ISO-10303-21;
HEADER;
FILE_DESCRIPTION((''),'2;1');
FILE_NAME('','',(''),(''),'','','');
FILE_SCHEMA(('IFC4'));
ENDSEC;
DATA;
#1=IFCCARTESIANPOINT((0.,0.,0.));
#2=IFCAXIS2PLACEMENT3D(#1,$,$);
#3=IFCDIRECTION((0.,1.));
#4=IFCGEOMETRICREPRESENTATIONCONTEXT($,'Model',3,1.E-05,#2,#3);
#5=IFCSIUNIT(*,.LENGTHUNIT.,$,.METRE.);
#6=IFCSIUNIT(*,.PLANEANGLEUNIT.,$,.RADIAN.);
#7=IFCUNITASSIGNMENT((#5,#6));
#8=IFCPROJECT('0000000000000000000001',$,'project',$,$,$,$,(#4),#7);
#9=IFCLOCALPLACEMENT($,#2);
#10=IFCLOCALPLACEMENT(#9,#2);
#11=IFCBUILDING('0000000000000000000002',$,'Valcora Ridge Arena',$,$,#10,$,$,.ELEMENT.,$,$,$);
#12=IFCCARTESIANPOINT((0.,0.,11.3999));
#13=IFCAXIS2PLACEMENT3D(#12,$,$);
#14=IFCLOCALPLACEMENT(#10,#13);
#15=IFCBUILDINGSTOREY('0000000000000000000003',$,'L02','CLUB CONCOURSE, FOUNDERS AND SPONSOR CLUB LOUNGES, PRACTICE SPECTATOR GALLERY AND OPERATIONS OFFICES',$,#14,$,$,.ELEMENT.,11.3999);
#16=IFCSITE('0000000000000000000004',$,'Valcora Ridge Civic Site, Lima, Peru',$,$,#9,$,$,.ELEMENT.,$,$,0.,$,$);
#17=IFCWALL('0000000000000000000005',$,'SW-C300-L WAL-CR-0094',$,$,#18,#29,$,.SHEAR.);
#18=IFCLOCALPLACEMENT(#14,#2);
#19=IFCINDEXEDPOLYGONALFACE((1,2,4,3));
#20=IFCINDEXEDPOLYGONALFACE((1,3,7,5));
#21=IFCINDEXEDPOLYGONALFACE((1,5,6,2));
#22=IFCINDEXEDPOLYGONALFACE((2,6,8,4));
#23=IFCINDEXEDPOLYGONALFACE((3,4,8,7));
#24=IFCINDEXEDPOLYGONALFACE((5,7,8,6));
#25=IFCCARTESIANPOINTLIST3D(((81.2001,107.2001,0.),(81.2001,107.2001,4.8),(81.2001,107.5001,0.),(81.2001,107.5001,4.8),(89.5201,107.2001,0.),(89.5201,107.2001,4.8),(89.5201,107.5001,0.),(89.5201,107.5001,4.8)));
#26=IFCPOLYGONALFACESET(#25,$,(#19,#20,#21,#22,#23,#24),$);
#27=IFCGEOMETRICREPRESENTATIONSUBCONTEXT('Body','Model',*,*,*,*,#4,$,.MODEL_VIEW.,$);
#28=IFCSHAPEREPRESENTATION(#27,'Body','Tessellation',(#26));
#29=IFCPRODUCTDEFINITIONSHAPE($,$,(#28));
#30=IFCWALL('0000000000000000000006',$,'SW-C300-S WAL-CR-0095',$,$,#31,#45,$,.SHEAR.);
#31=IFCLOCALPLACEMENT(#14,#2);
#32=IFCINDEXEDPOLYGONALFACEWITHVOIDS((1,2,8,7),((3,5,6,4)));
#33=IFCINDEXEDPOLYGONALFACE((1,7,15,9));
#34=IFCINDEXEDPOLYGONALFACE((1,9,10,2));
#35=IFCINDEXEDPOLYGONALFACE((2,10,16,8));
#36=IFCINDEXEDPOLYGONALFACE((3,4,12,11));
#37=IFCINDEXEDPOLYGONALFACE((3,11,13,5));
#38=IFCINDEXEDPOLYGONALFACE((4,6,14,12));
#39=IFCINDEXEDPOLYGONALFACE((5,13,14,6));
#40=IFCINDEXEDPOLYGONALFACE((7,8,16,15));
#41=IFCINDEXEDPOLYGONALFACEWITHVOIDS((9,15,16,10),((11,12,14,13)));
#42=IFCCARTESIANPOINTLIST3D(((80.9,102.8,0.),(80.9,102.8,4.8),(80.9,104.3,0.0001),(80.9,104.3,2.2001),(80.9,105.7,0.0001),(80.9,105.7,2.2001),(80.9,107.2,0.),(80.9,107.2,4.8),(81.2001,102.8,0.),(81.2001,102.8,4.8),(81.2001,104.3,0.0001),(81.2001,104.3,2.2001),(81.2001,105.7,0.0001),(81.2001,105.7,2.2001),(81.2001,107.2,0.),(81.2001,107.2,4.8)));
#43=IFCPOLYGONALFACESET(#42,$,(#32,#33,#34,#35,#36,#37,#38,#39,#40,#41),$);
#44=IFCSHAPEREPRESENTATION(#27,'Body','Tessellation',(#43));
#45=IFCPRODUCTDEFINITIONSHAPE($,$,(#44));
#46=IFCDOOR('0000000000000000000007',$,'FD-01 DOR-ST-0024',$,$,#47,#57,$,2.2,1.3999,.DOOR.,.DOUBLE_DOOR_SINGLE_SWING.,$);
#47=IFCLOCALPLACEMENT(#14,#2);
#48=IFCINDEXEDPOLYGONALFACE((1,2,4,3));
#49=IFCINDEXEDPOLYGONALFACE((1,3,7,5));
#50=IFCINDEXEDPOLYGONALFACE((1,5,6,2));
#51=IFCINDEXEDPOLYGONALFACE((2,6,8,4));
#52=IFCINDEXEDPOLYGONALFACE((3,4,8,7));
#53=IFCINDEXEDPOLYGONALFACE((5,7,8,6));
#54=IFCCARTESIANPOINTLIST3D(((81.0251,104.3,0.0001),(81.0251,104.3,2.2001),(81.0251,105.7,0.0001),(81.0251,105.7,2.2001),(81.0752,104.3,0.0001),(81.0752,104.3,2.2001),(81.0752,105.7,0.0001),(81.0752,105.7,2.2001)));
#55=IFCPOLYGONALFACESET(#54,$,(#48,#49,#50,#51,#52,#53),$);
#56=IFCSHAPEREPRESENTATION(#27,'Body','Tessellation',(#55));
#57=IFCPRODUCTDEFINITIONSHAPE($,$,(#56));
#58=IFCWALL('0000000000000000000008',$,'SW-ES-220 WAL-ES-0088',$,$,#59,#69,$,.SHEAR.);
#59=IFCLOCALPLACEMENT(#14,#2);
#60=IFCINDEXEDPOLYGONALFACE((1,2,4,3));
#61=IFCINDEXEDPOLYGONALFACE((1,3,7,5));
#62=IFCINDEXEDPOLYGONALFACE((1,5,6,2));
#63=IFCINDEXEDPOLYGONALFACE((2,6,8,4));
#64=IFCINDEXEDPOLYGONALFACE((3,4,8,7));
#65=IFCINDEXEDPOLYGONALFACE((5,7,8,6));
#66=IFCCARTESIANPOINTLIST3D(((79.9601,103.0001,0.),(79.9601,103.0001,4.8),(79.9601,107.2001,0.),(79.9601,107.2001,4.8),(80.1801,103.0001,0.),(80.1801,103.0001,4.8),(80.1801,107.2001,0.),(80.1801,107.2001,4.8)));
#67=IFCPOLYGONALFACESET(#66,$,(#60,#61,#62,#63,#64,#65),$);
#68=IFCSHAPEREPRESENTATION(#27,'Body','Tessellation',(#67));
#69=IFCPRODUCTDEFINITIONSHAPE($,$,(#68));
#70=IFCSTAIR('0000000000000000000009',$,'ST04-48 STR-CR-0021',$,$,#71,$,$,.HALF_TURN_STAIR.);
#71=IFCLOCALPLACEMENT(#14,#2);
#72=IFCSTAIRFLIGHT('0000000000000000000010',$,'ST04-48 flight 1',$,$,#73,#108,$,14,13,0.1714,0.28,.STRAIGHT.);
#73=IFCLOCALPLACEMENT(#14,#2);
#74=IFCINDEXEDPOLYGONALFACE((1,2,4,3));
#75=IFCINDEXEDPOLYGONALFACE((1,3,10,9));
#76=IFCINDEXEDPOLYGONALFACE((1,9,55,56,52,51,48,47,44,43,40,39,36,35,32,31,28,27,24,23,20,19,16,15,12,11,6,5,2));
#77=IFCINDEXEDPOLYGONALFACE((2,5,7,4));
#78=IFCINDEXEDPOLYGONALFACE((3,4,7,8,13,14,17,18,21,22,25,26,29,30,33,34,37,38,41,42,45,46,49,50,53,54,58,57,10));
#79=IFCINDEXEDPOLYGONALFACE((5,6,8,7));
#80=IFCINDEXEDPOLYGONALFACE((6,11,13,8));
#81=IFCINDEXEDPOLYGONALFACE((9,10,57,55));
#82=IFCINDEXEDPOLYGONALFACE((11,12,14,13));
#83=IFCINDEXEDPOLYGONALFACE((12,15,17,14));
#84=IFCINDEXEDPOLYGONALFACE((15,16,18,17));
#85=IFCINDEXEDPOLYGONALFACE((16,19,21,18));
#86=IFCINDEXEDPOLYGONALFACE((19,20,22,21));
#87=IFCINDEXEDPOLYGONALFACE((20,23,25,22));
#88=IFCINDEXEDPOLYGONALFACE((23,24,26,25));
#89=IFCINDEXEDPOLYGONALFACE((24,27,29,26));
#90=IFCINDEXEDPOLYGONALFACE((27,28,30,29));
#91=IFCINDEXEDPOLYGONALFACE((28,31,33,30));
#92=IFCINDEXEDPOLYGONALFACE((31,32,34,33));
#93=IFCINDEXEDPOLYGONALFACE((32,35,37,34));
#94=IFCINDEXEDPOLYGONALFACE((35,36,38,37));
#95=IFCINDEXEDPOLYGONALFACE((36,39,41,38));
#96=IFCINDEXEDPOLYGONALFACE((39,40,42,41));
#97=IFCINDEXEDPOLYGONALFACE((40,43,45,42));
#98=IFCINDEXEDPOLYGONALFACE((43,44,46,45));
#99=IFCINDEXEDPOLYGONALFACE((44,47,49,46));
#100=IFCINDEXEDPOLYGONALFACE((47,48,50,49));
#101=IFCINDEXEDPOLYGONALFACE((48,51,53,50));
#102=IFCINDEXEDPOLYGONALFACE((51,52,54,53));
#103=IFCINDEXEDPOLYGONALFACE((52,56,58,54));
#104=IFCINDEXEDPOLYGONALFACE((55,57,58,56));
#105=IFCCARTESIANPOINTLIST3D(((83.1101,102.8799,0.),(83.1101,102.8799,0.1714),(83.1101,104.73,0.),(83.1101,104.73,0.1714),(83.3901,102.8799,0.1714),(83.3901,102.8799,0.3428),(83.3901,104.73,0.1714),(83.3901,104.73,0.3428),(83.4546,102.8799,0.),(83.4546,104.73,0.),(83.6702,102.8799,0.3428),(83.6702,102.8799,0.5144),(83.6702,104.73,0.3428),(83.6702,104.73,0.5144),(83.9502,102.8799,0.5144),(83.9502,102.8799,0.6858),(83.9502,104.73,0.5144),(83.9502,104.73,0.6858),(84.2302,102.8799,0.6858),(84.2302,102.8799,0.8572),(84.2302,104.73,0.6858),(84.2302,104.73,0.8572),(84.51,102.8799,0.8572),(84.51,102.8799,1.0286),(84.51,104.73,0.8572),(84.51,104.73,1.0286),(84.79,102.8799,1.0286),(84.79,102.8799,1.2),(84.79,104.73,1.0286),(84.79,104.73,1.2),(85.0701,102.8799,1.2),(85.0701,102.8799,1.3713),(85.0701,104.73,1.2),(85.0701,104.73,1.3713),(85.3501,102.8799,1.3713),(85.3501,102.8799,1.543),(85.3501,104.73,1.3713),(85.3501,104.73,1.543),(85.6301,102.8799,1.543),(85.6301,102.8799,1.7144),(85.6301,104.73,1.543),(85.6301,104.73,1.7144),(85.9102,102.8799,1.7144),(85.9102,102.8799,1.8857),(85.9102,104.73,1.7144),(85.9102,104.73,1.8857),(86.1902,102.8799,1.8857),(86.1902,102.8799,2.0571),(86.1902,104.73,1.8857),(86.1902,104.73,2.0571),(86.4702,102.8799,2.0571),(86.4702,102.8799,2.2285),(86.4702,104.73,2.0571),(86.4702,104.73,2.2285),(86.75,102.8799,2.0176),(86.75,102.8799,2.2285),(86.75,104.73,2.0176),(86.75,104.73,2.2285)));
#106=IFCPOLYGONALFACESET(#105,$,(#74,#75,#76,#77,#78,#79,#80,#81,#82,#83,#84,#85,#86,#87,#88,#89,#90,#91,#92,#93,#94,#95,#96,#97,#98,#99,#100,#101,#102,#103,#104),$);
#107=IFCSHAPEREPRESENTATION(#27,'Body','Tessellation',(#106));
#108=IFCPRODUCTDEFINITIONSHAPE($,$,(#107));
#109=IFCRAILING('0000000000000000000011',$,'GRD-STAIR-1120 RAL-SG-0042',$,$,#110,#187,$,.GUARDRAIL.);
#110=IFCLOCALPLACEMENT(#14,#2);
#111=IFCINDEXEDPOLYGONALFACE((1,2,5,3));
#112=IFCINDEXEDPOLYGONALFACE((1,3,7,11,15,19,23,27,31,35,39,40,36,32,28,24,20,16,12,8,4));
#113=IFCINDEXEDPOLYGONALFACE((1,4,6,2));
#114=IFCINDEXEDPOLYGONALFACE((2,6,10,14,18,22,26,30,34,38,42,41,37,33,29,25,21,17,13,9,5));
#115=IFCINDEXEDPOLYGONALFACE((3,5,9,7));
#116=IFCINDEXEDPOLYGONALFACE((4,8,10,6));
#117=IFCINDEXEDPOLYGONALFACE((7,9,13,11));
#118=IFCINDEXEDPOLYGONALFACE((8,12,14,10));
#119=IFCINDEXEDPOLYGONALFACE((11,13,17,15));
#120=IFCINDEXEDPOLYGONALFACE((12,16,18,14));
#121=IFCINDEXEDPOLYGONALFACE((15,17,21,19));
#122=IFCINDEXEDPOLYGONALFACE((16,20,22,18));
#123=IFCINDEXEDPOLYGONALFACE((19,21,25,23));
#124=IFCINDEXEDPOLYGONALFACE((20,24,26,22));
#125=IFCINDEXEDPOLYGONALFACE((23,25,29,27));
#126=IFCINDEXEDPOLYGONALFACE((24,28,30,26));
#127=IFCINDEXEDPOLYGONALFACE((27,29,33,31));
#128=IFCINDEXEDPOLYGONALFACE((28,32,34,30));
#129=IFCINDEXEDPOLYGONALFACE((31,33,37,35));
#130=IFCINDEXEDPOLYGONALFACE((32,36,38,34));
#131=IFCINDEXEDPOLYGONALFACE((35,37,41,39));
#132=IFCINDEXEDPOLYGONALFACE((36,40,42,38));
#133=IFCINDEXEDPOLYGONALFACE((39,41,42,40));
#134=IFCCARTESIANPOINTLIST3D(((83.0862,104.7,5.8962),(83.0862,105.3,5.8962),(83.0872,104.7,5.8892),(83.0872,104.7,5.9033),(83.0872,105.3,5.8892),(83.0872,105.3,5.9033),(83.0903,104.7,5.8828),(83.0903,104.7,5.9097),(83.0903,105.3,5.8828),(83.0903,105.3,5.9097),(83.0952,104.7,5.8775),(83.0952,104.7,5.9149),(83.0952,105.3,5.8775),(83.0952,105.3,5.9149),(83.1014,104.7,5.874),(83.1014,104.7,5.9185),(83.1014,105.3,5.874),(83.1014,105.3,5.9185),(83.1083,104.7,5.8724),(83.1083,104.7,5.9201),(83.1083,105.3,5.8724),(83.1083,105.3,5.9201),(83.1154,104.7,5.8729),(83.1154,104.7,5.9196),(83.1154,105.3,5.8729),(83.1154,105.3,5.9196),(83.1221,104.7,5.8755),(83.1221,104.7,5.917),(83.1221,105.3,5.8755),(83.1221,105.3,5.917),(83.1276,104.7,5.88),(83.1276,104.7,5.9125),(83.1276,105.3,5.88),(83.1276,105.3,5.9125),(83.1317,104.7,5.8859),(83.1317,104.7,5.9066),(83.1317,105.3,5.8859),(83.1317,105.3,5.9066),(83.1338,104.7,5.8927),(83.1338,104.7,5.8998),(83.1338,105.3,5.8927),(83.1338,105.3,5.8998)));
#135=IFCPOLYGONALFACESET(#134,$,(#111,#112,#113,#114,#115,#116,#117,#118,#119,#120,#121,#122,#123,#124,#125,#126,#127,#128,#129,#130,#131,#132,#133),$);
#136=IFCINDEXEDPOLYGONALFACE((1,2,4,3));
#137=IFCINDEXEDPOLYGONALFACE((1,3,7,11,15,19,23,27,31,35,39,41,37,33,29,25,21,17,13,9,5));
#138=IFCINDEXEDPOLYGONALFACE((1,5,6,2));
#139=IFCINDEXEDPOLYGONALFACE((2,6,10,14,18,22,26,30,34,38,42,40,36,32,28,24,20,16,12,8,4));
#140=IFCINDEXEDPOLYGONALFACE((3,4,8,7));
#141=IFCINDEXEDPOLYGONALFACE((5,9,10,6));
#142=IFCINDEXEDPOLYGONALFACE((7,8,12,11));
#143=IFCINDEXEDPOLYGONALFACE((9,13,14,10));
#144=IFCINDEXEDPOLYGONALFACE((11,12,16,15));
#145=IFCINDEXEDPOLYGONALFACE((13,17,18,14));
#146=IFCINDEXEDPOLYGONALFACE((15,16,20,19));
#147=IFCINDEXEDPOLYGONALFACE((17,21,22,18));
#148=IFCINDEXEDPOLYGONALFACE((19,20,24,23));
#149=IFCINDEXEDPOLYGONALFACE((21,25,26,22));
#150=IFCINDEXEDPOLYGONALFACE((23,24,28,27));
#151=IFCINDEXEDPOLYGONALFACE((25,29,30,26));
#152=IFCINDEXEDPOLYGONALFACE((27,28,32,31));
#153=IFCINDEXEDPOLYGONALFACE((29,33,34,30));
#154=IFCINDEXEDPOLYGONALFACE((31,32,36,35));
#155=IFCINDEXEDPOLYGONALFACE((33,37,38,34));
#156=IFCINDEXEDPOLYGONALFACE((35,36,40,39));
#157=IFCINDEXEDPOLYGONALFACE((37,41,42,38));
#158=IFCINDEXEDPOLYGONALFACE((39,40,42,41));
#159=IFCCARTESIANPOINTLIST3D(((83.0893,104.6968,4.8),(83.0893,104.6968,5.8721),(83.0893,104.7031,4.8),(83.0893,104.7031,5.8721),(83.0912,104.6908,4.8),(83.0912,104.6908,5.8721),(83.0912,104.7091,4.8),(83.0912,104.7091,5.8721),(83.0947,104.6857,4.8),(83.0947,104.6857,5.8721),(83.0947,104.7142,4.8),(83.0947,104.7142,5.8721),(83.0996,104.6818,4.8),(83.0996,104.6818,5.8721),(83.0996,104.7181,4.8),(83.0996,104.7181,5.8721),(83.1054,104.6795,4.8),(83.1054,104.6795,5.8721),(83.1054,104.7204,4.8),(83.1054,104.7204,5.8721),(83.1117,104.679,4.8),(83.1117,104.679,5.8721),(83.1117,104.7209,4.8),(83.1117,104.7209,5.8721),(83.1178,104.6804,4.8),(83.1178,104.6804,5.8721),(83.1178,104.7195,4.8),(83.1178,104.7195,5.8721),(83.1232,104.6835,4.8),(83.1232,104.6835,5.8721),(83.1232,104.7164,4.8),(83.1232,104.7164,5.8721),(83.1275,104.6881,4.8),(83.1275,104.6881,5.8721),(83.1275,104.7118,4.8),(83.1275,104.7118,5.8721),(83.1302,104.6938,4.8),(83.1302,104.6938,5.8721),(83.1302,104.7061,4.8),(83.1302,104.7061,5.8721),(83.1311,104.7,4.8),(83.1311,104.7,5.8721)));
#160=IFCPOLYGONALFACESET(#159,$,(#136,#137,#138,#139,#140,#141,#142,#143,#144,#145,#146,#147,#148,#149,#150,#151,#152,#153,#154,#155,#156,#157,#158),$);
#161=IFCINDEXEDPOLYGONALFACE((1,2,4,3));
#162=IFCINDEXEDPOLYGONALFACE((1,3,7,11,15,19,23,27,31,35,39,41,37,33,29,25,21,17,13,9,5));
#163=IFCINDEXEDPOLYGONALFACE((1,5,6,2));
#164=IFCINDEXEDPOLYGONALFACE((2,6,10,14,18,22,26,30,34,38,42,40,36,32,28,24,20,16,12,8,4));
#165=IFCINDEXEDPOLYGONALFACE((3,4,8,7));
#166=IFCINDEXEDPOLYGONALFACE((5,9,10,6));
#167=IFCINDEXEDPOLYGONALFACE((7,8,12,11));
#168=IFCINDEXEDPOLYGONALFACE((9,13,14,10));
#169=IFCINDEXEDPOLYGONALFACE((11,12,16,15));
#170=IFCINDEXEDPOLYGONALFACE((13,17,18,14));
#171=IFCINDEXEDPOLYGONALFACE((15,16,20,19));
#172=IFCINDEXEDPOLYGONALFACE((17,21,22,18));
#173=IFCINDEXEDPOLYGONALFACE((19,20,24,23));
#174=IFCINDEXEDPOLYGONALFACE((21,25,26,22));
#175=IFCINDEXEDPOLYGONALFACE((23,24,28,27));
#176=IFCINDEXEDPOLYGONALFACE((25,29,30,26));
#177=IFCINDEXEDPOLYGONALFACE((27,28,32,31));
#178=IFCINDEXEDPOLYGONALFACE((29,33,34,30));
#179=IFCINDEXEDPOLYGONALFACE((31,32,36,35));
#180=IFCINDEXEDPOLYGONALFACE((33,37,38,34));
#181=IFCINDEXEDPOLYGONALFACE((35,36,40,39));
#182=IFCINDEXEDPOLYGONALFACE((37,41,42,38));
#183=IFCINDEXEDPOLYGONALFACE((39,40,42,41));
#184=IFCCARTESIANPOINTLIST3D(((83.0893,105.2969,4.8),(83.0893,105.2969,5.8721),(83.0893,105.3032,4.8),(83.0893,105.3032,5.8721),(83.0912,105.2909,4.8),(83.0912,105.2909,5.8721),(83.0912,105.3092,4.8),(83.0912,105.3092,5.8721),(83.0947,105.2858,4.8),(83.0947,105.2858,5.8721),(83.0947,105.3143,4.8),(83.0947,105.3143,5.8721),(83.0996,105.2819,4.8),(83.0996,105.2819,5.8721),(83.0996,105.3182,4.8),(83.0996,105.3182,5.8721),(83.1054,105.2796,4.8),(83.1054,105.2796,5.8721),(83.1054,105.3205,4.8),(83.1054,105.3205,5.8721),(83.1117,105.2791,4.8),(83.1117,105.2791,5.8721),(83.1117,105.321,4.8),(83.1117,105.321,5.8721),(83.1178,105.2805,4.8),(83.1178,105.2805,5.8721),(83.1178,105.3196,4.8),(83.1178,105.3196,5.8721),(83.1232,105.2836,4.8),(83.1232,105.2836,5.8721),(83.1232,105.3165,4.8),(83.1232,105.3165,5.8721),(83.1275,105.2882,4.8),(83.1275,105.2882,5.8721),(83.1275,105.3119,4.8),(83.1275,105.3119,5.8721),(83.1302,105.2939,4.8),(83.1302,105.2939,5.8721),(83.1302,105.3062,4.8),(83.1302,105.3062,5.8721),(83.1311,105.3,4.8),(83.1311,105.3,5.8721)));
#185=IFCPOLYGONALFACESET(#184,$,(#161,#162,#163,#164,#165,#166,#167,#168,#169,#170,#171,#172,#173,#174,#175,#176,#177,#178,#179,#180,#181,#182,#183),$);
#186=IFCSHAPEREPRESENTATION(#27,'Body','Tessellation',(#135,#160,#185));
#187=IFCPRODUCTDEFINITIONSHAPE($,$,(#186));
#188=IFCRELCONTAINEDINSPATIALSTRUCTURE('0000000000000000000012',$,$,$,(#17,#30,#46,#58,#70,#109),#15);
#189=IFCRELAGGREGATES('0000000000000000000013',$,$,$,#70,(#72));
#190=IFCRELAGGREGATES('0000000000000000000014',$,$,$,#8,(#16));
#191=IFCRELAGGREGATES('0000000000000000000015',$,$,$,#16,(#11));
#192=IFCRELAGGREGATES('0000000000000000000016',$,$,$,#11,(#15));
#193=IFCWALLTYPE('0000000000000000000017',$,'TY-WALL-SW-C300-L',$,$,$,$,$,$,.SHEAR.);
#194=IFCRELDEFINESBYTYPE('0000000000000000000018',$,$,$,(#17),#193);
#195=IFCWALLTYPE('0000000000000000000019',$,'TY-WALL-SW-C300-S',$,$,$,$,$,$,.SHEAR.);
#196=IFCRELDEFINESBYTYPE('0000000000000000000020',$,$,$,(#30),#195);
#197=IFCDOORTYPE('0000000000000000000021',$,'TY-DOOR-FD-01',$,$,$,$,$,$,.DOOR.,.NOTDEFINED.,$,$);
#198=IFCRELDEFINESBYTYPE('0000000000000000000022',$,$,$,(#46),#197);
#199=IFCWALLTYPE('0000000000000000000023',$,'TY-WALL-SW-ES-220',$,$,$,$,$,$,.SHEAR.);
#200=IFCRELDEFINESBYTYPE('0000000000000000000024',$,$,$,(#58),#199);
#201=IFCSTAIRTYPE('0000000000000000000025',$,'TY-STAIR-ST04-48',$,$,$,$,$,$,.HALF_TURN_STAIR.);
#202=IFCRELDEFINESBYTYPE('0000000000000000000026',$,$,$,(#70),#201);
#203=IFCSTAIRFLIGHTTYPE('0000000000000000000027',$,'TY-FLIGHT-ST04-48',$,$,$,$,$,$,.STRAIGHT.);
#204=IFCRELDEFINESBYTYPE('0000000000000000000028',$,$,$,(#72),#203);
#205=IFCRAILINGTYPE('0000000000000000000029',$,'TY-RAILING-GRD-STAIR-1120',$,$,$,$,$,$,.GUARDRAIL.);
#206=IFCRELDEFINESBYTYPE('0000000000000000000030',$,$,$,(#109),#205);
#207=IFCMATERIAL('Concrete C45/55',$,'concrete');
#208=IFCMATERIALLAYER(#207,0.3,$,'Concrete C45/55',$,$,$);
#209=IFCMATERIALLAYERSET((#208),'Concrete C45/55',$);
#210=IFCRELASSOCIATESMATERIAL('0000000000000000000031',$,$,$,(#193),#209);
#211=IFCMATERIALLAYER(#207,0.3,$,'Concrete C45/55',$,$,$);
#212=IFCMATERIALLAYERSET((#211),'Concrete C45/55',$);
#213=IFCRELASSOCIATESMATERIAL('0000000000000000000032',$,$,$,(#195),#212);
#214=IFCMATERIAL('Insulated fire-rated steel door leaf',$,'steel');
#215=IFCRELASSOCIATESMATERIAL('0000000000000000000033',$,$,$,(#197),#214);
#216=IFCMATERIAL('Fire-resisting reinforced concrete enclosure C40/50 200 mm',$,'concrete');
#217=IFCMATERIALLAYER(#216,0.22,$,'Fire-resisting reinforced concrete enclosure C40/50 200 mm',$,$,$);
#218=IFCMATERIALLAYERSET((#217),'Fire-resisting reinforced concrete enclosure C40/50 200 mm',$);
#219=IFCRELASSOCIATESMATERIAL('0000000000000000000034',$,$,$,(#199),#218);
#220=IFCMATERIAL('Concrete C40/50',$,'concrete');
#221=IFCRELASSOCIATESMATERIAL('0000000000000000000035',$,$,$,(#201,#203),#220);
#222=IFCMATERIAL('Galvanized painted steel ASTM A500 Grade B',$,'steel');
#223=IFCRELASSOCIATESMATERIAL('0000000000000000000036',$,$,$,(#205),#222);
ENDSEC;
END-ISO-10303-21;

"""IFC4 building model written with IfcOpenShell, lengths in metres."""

from ifc_helpers import new_model, si_unit, direction, frame, frame_2d, origin, origin_2d, place, context, subcontext, project, spatial, polyline, rectangle, circle, outline, extrude, material, layer, layer_set, type_object, element, fill, aggregate, save


model = new_model("IFC4")

# Units and contexts
model_context = context("Model", 3, precision=1e-05, world=origin(), true_north=direction((0.0, 1.0)))
body_context = subcontext(model_context, "Body", "Model", "MODEL_VIEW")
ifc_project = project(units=[si_unit("LENGTHUNIT", "METRE"), si_unit("PLANEANGLEUNIT", "RADIAN")], contexts=[model_context])

# Site, building, storey
site_placement = place(None, origin())
site = spatial("IfcSite", under=ifc_project, at=site_placement, Name="Valcora Ridge Civic Site, Lima, Peru", CompositionType="ELEMENT", RefElevation=0.0)
building_placement = place(site_placement, origin())
building = spatial("IfcBuilding", under=site, at=building_placement, Name="Valcora Ridge Arena", CompositionType="ELEMENT")
storey_placement = place(building_placement, frame((0.0, 0.0, 11.3999)))
storey = spatial("IfcBuildingStorey", under=building, at=storey_placement, Name="L02", Description="CLUB CONCOURSE, FOUNDERS AND SPONSOR CLUB LOUNGES, PRACTICE SPECTATOR GALLERY AND OPERATIONS OFFICES", CompositionType="ELEMENT", Elevation=11.3999)

# Shared definitions
ifc_material_1 = material(Name="Concrete C40/50", Category="concrete")

# Wall
ifc_material_2 = material(Name="Concrete C45/55", Category="concrete")
ifc_layer_1 = layer(ifc_material_2, 0.3, Name="Concrete C45/55")
ifc_layer_set_1 = layer_set([ifc_layer_1], Name="Concrete C45/55")
wall_type_1 = type_object("IfcWallType", Name="TY-WALL-SW-C300-L", PredefinedType="SHEAR", material=ifc_layer_set_1)
for number, where, z_axis, x_axis, name in (
    (1, (81.2, 107.3501, 0.0), (0.0, 0.0, 1.0), (1.0, 0.0, 0.0), "SW-C300-L WAL-CR-0094"),
):
    element("IfcWall", number, at=place(storey_placement, frame(where, z_axis=z_axis, x_axis=x_axis)), inside=storey, type_object=wall_type_1, Name=name, PredefinedType="SHEAR", context=body_context, shape_type="SweptSolid", body=[
        extrude(rectangle(XDim=8.3201, YDim=0.3, at=frame_2d((4.1602, 0.0))), origin(), (0.0, 0.0, 1.0), 4.8),
    ])

# Wall, opening, door
ifc_layer_2 = layer(ifc_material_2, 0.3, Name="Concrete C45/55")
ifc_layer_set_2 = layer_set([ifc_layer_2], Name="Concrete C45/55")
wall_type_2 = type_object("IfcWallType", Name="TY-WALL-SW-C300-S", PredefinedType="SHEAR", material=ifc_layer_set_2)
wall_1_placement = place(storey_placement, frame((81.05, 102.8, 0.0), z_axis=(0.0, 0.0, 1.0), x_axis=(0.0, 1.0, 0.0)))
wall_1 = element("IfcWall", 2, at=wall_1_placement, inside=storey, type_object=wall_type_2, Name="SW-C300-S WAL-CR-0095", PredefinedType="SHEAR", context=body_context, shape_type="SweptSolid", body=[
    extrude(rectangle(XDim=4.3999, YDim=0.3, at=frame_2d((2.2, 0.0))), origin(), (0.0, 0.0, 1.0), 4.8),
])
opening_1_placement = place(wall_1_placement, frame((1.5, 0.0, 0.0)))
opening_1 = element("IfcOpeningElement", 3, at=opening_1_placement, cuts=wall_1, PredefinedType="OPENING", context=body_context, shape_type="SweptSolid", body=[
    extrude(rectangle(XDim=1.3999, YDim=2.2, at=frame_2d((0.7, 1.1001))), frame((0.0, 0.1599, 0.0), z_axis=(0.0, -1.0, 0.0), x_axis=(1.0, 0.0, 0.0)), (0.0, 0.0, 1.0), 0.3201),
])
ifc_material_3 = material(Name="Insulated fire-rated steel door leaf", Category="steel")
door_type_1 = type_object("IfcDoorType", Name="TY-DOOR-FD-01", OperationType="NOTDEFINED", PredefinedType="DOOR", material=ifc_material_3)
door_1_placement = place(opening_1_placement, origin())
door_1 = element("IfcDoor", 4, at=door_1_placement, inside=storey, type_object=door_type_1, Name="FD-01 DOR-ST-0024", OperationType="DOUBLE_DOOR_SINGLE_SWING", OverallHeight=2.2, OverallWidth=1.3999, PredefinedType="DOOR", context=body_context, shape_type="SweptSolid", body=[
    extrude(rectangle(XDim=1.3999, YDim=2.2, at=frame_2d((0.7, 1.1001))), frame((0.0, 0.0249, 0.0), z_axis=(0.0, -1.0, 0.0), x_axis=(1.0, 0.0, 0.0)), (0.0, 0.0, 1.0), 0.05),
])
fill(opening_1, door_1)

# Wall
ifc_material_4 = material(Name="Fire-resisting reinforced concrete enclosure C40/50 200 mm", Category="concrete")
ifc_layer_3 = layer(ifc_material_4, 0.22, Name="Fire-resisting reinforced concrete enclosure C40/50 200 mm")
ifc_layer_set_3 = layer_set([ifc_layer_3], Name="Fire-resisting reinforced concrete enclosure C40/50 200 mm")
wall_type_3 = type_object("IfcWallType", Name="TY-WALL-SW-ES-220", PredefinedType="SHEAR", material=ifc_layer_set_3)
wall_2_placement = place(storey_placement, frame((80.0701, 103.0, 0.0), z_axis=(0.0, 0.0, 1.0), x_axis=(0.0, 1.0, 0.0)))
element("IfcWall", 5, at=wall_2_placement, inside=storey, type_object=wall_type_3, Name="SW-ES-220 WAL-ES-0088", PredefinedType="SHEAR", context=body_context, shape_type="SweptSolid", body=[
    extrude(rectangle(XDim=4.2, YDim=0.22, at=frame_2d((2.1001, 0.0))), origin(), (0.0, 0.0, 1.0), 4.8),
])

# Stair, stair flight
stair_type = type_object("IfcStairType", Name="TY-STAIR-ST04-48", PredefinedType="HALF_TURN_STAIR", material=ifc_material_1)
stair_placement = place(storey_placement, origin())
stair = element("IfcStair", 6, at=stair_placement, inside=storey, type_object=stair_type, Name="ST04-48 STR-CR-0021", PredefinedType="HALF_TURN_STAIR")
stair_flight_type = type_object("IfcStairFlightType", Name="TY-FLIGHT-ST04-48", PredefinedType="STRAIGHT", material=ifc_material_1)
stair_flight_placement = place(storey_placement, frame((83.1101, 103.8049, 0.0), z_axis=(0.0, 0.0, 1.0), x_axis=(1.0, 0.0, 0.0)))
stair_flight = element("IfcStairFlight", 7, at=stair_flight_placement, type_object=stair_flight_type, Name="ST04-48 flight 1", NumberOfRisers=14, NumberOfTreads=13, PredefinedType="STRAIGHT", RiserHeight=0.1714, TreadLength=0.28, context=body_context, shape_type="SweptSolid", body=[
    extrude(outline(polyline([(0.0, 0.0), (0.0, 0.1714), (0.28, 0.1714), (0.28, 0.3428), (0.5601, 0.3428), (0.5601, 0.5144), (0.8401, 0.5144), (0.8401, 0.6858), (1.1201, 0.6858), (1.1201, 0.8572), (1.3999, 0.8572), (1.3999, 1.0286), (1.6799, 1.0286), (1.6799, 1.2), (1.96, 1.2), (1.96, 1.3713), (2.24, 1.3713), (2.24, 1.543), (2.52, 1.543), (2.52, 1.7144), (2.8, 1.7144), (2.8, 1.8857), (3.0801, 1.8857), (3.0801, 2.0571), (3.3601, 2.0571), (3.3601, 2.2285), (3.6399, 2.2285), (3.6399, 2.3999), (3.6399, 2.0176), (0.3445, 0.0), (0.0, 0.0)])), frame((0.0, 0.925, 0.0), z_axis=(0.0, -1.0, 0.0), x_axis=(1.0, 0.0, 0.0)), (0.0, 0.0, 1.0), 1.8501),
])
aggregate(stair, [stair_flight])

# Railing
ifc_material_5 = material(Name="Galvanized painted steel ASTM A500 Grade B", Category="steel")
railing_type_1 = type_object("IfcRailingType", Name="TY-RAILING-GRD-STAIR-1120", PredefinedType="GUARDRAIL", material=ifc_material_5)
railing_1_placement = place(storey_placement, frame((83.1101, 104.7, 4.8)))
element("IfcRailing", 8, at=railing_1_placement, inside=storey, type_object=railing_type_1, Name="GRD-STAIR-1120 RAL-SG-0042", PredefinedType="GUARDRAIL", context=body_context, shape_type="SweptSolid", body=[
    extrude(circle(Radius=0.0239, at=origin_2d()), frame((0.0, 0.0, 1.0962), z_axis=(0.0, 1.0, 0.0), x_axis=(-1.0, 0.0, 0.0)), (0.0, 0.0, 1.0), 0.6001),
    extrude(circle(Radius=0.021, at=origin_2d()), origin(), (0.0, 0.0, 1.0), 1.072),
    extrude(circle(Radius=0.021, at=origin_2d()), frame((0.0, 0.6001, 0.0)), (0.0, 0.0, 1.0), 1.072),
])

save(model, "model.ifc")
